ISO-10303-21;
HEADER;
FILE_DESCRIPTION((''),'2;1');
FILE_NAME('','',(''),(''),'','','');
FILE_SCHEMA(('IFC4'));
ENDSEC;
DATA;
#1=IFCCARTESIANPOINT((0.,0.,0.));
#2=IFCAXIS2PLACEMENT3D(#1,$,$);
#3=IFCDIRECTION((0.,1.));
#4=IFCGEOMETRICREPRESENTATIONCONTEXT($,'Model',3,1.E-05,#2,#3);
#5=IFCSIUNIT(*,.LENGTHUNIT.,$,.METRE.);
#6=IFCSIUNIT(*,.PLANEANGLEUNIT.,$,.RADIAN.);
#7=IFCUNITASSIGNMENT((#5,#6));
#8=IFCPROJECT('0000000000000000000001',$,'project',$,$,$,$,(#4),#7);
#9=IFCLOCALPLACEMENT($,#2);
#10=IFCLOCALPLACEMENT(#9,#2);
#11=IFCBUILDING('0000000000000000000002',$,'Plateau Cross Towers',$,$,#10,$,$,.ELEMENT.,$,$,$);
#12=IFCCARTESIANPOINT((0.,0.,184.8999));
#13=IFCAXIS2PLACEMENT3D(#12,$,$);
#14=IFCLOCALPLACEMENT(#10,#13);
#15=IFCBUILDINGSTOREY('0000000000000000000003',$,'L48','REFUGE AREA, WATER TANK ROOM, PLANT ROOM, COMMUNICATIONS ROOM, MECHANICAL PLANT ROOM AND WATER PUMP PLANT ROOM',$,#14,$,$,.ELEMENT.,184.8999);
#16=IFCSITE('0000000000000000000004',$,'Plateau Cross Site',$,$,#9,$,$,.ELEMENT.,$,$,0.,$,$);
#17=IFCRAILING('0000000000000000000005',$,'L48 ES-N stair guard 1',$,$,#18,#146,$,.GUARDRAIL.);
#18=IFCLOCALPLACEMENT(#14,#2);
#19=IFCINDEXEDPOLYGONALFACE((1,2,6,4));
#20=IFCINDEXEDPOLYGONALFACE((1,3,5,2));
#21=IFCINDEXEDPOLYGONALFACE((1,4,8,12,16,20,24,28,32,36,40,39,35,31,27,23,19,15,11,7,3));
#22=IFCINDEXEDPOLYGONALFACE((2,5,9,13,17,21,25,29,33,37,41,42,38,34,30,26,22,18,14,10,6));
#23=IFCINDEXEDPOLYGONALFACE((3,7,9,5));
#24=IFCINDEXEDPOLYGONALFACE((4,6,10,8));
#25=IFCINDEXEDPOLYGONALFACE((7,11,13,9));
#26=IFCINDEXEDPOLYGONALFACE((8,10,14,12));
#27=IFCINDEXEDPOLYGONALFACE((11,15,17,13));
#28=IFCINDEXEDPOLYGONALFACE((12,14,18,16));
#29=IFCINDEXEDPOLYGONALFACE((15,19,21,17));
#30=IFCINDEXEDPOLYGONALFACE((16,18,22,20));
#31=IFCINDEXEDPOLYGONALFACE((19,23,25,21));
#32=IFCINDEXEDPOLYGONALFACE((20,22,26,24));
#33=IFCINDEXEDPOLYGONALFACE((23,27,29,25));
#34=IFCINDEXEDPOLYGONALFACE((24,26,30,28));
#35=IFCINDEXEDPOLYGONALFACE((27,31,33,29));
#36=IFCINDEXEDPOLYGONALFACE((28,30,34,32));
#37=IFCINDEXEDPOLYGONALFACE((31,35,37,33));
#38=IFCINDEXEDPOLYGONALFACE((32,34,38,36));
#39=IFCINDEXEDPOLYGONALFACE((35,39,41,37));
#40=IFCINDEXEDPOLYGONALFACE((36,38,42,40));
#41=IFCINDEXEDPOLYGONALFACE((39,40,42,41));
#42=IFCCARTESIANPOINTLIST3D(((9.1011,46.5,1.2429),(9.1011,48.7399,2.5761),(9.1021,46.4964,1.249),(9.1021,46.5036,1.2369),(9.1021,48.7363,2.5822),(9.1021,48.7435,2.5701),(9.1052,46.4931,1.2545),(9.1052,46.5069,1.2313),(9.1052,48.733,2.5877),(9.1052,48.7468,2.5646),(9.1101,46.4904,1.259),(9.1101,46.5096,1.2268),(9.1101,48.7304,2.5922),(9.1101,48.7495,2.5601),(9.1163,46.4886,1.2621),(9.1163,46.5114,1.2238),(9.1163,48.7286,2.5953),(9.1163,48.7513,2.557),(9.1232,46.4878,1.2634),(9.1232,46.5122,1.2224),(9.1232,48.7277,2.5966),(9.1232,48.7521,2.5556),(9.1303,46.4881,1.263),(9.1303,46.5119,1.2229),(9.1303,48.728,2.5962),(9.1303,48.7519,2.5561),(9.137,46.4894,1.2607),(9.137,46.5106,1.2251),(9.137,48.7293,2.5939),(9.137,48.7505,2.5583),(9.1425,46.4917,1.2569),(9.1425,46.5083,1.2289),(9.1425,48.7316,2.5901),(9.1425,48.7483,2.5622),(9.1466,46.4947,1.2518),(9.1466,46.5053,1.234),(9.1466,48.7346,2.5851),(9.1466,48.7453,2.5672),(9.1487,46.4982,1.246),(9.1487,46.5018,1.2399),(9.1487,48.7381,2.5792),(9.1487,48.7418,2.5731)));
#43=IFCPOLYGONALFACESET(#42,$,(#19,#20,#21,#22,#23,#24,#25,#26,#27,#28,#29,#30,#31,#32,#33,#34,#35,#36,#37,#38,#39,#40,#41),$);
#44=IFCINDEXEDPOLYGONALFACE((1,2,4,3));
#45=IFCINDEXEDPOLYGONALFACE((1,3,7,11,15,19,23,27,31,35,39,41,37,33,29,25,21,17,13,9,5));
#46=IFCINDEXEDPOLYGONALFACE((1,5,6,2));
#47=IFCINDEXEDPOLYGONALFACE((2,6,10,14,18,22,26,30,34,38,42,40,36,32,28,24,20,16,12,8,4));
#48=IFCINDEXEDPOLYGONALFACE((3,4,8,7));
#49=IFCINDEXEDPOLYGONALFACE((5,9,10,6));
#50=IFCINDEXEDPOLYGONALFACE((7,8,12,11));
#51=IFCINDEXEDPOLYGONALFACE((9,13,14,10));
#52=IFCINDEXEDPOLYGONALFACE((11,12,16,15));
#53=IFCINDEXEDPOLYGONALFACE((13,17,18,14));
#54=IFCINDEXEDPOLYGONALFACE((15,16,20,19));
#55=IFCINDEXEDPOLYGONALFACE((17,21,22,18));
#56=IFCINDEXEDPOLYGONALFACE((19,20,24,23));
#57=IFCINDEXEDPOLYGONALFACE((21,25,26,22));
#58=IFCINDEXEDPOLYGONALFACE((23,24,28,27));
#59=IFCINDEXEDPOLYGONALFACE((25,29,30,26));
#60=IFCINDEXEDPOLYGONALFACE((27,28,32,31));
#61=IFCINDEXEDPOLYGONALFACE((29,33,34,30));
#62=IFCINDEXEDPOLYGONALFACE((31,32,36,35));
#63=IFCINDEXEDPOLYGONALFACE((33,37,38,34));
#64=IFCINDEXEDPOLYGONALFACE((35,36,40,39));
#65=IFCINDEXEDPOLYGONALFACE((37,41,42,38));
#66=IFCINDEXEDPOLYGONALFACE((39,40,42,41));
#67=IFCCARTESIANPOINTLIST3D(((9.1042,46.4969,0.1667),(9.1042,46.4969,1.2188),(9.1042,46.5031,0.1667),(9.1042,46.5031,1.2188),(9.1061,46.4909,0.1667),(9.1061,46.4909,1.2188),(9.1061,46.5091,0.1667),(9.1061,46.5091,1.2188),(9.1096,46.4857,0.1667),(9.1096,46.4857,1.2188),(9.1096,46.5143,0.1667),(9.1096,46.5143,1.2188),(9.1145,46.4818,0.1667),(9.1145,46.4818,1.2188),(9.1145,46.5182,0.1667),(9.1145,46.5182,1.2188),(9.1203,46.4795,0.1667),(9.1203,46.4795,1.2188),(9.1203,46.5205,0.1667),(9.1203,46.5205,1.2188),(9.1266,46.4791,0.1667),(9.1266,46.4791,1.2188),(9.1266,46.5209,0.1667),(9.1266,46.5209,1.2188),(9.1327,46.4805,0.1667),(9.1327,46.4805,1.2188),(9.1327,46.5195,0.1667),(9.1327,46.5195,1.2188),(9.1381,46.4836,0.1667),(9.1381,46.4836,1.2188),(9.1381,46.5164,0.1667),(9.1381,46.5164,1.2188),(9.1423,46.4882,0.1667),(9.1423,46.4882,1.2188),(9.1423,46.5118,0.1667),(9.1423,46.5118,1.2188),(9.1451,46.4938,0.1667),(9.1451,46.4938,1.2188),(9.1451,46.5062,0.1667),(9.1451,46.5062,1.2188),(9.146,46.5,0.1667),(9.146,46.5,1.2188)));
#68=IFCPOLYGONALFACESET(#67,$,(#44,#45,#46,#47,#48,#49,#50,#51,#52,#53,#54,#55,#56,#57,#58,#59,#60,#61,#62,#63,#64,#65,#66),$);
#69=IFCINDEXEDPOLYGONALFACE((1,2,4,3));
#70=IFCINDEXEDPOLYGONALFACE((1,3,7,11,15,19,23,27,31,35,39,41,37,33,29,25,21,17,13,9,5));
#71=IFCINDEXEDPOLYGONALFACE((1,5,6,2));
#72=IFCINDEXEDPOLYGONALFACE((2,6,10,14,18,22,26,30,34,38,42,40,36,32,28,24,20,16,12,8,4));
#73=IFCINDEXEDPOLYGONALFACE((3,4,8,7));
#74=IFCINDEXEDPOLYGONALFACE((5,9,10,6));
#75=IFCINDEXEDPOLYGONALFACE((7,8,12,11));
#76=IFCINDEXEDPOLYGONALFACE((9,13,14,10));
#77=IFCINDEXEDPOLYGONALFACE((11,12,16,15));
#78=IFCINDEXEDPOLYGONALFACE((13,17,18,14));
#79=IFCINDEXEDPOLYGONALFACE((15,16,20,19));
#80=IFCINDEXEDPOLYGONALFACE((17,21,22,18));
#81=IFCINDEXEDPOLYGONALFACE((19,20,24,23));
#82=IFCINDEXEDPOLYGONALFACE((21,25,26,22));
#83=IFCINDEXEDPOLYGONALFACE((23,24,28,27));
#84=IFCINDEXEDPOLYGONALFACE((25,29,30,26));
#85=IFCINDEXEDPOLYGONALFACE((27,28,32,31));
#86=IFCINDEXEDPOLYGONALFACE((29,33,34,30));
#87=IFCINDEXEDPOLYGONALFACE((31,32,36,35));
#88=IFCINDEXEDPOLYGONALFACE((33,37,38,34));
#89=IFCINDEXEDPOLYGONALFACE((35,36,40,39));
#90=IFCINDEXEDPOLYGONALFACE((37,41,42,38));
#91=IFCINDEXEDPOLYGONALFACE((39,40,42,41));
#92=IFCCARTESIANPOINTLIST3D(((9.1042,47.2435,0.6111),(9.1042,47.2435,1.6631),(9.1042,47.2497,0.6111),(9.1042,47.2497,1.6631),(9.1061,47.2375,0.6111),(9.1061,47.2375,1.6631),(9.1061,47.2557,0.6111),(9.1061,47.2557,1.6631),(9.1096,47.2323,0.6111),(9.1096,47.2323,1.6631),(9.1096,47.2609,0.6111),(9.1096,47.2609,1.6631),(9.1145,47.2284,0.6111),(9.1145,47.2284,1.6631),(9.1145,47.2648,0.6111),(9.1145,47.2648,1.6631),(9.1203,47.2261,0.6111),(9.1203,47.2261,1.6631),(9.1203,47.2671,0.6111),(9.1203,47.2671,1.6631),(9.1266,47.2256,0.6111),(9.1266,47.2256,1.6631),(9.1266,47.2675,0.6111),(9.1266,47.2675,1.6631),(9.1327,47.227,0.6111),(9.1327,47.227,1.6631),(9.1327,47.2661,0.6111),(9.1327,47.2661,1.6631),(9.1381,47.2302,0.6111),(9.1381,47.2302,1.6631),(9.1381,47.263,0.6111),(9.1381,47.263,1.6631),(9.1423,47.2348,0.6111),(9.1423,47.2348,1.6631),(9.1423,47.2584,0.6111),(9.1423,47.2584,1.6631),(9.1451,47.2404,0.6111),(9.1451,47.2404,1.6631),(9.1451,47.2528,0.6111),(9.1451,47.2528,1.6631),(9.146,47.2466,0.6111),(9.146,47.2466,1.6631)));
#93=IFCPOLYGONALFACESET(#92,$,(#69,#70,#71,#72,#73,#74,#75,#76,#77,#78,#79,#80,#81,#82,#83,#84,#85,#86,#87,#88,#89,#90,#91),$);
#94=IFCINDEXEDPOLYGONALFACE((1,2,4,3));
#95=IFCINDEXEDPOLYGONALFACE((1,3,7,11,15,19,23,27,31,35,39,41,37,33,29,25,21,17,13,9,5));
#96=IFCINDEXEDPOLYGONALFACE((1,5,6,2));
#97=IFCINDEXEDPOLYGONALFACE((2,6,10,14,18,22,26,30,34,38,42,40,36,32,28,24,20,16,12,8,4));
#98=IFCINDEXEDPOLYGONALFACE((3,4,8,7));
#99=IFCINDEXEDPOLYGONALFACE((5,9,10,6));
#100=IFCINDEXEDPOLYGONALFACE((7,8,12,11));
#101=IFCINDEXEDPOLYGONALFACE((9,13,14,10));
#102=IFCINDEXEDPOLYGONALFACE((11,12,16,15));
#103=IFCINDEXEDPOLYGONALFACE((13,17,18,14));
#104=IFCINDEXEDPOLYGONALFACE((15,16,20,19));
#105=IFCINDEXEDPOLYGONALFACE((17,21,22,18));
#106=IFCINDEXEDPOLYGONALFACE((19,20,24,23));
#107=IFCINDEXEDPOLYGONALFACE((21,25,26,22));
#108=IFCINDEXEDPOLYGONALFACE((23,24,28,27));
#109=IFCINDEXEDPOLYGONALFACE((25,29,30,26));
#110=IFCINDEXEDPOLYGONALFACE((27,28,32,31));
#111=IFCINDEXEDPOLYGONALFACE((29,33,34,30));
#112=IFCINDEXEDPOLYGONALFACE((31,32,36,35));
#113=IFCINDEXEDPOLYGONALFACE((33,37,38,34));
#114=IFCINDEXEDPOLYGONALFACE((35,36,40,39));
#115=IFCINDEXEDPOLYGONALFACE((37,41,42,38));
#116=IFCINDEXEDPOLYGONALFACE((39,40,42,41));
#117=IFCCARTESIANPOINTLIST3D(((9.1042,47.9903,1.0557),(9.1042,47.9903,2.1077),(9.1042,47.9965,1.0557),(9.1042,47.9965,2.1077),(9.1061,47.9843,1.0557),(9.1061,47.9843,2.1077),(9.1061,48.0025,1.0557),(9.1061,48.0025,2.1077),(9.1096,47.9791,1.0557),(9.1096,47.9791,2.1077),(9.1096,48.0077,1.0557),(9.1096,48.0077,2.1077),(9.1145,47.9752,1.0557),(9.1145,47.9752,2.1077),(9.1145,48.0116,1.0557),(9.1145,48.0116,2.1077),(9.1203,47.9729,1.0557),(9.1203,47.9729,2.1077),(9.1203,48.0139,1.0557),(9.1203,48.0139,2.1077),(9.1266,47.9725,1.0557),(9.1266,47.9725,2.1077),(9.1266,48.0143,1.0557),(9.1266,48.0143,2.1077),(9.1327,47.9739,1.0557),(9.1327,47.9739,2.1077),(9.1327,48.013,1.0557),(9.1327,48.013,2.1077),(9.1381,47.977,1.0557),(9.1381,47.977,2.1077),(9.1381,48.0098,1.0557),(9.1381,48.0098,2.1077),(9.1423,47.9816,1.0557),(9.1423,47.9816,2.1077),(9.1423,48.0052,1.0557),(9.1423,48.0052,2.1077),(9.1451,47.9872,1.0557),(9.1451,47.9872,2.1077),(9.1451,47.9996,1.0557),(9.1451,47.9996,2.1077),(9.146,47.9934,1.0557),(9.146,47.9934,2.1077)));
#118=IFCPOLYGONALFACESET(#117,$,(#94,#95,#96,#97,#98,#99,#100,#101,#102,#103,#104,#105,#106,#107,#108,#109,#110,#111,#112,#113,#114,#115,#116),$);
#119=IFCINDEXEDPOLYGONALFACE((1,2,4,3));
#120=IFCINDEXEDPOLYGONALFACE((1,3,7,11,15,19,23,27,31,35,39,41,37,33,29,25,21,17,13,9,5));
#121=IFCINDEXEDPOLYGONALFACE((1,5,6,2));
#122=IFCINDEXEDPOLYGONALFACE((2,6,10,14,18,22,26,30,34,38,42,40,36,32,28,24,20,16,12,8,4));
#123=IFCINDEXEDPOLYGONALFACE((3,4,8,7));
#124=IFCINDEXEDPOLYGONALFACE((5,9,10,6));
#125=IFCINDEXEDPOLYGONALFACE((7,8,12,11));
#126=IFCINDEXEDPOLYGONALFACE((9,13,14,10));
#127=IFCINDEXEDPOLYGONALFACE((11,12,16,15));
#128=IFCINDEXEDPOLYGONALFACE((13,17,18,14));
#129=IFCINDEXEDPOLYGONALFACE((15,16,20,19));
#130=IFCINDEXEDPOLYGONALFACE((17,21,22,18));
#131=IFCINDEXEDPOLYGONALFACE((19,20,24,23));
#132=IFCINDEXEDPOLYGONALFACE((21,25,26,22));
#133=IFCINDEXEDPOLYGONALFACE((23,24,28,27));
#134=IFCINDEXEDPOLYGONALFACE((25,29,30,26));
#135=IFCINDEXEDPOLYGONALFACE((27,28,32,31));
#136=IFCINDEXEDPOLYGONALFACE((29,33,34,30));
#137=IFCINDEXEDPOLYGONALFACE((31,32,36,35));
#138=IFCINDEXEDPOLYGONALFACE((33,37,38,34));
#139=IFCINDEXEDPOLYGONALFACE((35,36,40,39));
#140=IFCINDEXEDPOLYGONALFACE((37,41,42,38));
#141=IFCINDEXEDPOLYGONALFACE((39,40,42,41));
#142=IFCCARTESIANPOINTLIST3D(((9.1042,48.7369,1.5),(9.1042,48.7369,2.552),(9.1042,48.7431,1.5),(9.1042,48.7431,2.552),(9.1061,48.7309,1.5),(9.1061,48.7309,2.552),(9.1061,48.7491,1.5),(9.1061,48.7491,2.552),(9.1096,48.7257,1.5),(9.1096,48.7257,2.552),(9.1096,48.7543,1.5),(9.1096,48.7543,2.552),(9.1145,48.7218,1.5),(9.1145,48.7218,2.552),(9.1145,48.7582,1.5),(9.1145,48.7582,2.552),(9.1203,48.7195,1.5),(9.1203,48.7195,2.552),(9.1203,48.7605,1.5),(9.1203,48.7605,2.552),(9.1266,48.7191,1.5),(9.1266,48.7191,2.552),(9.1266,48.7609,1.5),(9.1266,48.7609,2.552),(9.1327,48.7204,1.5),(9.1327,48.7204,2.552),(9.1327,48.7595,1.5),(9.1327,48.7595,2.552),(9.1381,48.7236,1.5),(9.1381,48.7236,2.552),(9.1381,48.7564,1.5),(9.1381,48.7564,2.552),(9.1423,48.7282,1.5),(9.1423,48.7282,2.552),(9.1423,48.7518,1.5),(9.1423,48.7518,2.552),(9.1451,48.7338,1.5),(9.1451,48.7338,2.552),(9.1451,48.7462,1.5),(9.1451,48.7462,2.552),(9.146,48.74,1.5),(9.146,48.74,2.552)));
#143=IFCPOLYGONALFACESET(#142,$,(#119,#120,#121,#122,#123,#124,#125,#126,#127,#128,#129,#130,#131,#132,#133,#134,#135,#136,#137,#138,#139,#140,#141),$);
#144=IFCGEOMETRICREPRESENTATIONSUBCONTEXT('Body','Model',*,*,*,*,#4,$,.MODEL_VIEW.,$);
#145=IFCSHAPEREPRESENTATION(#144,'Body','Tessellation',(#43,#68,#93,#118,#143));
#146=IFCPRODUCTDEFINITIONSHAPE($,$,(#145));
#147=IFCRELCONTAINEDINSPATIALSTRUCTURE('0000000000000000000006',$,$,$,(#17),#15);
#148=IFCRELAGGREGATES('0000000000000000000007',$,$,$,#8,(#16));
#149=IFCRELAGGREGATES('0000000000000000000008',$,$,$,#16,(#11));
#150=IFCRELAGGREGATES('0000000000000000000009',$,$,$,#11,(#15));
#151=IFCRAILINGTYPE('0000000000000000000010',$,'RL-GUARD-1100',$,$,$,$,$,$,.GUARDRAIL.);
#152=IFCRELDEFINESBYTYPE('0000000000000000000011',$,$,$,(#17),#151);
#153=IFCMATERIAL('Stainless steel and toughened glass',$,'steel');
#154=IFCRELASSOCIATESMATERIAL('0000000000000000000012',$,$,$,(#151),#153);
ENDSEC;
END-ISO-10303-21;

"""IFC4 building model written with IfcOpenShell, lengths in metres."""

from ifc_helpers import new_model, si_unit, direction, frame, origin, origin_2d, place, context, subcontext, project, spatial, circle, extrude, material, type_object, element, save


model = new_model("IFC4")

# Units and contexts
model_context = context("Model", 3, precision=1e-05, world=origin(), true_north=direction((0.0, 1.0)))
body_context = subcontext(model_context, "Body", "Model", "MODEL_VIEW")
ifc_project = project(units=[si_unit("LENGTHUNIT", "METRE"), si_unit("PLANEANGLEUNIT", "RADIAN")], contexts=[model_context])

# Site, building, storey
site_placement = place(None, origin())
site = spatial("IfcSite", under=ifc_project, at=site_placement, Name="Plateau Cross Site", CompositionType="ELEMENT", RefElevation=0.0)
building_placement = place(site_placement, origin())
building = spatial("IfcBuilding", under=site, at=building_placement, Name="Plateau Cross Towers", CompositionType="ELEMENT")
storey_placement = place(building_placement, frame((0.0, 0.0, 184.8999)))
storey = spatial("IfcBuildingStorey", under=building, at=storey_placement, Name="L48", Description="REFUGE AREA, WATER TANK ROOM, PLANT ROOM, COMMUNICATIONS ROOM, MECHANICAL PLANT ROOM AND WATER PUMP PLANT ROOM", CompositionType="ELEMENT", Elevation=184.8999)

# Railing
ifc_material_1 = material(Name="Stainless steel and toughened glass", Category="steel")
railing_type_1 = type_object("IfcRailingType", Name="RL-GUARD-1100", PredefinedType="GUARDRAIL", material=ifc_material_1)
railing_1_placement = place(storey_placement, frame((9.125, 46.5, 0.1667)))
element("IfcRailing", 1, at=railing_1_placement, inside=storey, type_object=railing_type_1, Name="L48 ES-N stair guard 1", PredefinedType="GUARDRAIL", context=body_context, shape_type="SweptSolid", body=[
    extrude(circle(Radius=0.0239, at=origin_2d()), frame((0.0, 0.0, 1.0762), z_axis=(0.0, 0.859306, 0.511462), x_axis=(-1.0, 0.0, 0.0)), (0.0, 0.0, 1.0), 2.6067),
    extrude(circle(Radius=0.021, at=origin_2d()), origin(), (0.0, 0.0, 1.0), 1.052),
    extrude(circle(Radius=0.021, at=origin_2d()), frame((0.0, 0.7466, 0.4443)), (0.0, 0.0, 1.0), 1.052),
    extrude(circle(Radius=0.021, at=origin_2d()), frame((0.0, 1.4934, 0.8889)), (0.0, 0.0, 1.0), 1.052),
    extrude(circle(Radius=0.021, at=origin_2d()), frame((0.0, 2.24, 1.3333)), (0.0, 0.0, 1.0), 1.052),
])

save(model, "model.ifc")
